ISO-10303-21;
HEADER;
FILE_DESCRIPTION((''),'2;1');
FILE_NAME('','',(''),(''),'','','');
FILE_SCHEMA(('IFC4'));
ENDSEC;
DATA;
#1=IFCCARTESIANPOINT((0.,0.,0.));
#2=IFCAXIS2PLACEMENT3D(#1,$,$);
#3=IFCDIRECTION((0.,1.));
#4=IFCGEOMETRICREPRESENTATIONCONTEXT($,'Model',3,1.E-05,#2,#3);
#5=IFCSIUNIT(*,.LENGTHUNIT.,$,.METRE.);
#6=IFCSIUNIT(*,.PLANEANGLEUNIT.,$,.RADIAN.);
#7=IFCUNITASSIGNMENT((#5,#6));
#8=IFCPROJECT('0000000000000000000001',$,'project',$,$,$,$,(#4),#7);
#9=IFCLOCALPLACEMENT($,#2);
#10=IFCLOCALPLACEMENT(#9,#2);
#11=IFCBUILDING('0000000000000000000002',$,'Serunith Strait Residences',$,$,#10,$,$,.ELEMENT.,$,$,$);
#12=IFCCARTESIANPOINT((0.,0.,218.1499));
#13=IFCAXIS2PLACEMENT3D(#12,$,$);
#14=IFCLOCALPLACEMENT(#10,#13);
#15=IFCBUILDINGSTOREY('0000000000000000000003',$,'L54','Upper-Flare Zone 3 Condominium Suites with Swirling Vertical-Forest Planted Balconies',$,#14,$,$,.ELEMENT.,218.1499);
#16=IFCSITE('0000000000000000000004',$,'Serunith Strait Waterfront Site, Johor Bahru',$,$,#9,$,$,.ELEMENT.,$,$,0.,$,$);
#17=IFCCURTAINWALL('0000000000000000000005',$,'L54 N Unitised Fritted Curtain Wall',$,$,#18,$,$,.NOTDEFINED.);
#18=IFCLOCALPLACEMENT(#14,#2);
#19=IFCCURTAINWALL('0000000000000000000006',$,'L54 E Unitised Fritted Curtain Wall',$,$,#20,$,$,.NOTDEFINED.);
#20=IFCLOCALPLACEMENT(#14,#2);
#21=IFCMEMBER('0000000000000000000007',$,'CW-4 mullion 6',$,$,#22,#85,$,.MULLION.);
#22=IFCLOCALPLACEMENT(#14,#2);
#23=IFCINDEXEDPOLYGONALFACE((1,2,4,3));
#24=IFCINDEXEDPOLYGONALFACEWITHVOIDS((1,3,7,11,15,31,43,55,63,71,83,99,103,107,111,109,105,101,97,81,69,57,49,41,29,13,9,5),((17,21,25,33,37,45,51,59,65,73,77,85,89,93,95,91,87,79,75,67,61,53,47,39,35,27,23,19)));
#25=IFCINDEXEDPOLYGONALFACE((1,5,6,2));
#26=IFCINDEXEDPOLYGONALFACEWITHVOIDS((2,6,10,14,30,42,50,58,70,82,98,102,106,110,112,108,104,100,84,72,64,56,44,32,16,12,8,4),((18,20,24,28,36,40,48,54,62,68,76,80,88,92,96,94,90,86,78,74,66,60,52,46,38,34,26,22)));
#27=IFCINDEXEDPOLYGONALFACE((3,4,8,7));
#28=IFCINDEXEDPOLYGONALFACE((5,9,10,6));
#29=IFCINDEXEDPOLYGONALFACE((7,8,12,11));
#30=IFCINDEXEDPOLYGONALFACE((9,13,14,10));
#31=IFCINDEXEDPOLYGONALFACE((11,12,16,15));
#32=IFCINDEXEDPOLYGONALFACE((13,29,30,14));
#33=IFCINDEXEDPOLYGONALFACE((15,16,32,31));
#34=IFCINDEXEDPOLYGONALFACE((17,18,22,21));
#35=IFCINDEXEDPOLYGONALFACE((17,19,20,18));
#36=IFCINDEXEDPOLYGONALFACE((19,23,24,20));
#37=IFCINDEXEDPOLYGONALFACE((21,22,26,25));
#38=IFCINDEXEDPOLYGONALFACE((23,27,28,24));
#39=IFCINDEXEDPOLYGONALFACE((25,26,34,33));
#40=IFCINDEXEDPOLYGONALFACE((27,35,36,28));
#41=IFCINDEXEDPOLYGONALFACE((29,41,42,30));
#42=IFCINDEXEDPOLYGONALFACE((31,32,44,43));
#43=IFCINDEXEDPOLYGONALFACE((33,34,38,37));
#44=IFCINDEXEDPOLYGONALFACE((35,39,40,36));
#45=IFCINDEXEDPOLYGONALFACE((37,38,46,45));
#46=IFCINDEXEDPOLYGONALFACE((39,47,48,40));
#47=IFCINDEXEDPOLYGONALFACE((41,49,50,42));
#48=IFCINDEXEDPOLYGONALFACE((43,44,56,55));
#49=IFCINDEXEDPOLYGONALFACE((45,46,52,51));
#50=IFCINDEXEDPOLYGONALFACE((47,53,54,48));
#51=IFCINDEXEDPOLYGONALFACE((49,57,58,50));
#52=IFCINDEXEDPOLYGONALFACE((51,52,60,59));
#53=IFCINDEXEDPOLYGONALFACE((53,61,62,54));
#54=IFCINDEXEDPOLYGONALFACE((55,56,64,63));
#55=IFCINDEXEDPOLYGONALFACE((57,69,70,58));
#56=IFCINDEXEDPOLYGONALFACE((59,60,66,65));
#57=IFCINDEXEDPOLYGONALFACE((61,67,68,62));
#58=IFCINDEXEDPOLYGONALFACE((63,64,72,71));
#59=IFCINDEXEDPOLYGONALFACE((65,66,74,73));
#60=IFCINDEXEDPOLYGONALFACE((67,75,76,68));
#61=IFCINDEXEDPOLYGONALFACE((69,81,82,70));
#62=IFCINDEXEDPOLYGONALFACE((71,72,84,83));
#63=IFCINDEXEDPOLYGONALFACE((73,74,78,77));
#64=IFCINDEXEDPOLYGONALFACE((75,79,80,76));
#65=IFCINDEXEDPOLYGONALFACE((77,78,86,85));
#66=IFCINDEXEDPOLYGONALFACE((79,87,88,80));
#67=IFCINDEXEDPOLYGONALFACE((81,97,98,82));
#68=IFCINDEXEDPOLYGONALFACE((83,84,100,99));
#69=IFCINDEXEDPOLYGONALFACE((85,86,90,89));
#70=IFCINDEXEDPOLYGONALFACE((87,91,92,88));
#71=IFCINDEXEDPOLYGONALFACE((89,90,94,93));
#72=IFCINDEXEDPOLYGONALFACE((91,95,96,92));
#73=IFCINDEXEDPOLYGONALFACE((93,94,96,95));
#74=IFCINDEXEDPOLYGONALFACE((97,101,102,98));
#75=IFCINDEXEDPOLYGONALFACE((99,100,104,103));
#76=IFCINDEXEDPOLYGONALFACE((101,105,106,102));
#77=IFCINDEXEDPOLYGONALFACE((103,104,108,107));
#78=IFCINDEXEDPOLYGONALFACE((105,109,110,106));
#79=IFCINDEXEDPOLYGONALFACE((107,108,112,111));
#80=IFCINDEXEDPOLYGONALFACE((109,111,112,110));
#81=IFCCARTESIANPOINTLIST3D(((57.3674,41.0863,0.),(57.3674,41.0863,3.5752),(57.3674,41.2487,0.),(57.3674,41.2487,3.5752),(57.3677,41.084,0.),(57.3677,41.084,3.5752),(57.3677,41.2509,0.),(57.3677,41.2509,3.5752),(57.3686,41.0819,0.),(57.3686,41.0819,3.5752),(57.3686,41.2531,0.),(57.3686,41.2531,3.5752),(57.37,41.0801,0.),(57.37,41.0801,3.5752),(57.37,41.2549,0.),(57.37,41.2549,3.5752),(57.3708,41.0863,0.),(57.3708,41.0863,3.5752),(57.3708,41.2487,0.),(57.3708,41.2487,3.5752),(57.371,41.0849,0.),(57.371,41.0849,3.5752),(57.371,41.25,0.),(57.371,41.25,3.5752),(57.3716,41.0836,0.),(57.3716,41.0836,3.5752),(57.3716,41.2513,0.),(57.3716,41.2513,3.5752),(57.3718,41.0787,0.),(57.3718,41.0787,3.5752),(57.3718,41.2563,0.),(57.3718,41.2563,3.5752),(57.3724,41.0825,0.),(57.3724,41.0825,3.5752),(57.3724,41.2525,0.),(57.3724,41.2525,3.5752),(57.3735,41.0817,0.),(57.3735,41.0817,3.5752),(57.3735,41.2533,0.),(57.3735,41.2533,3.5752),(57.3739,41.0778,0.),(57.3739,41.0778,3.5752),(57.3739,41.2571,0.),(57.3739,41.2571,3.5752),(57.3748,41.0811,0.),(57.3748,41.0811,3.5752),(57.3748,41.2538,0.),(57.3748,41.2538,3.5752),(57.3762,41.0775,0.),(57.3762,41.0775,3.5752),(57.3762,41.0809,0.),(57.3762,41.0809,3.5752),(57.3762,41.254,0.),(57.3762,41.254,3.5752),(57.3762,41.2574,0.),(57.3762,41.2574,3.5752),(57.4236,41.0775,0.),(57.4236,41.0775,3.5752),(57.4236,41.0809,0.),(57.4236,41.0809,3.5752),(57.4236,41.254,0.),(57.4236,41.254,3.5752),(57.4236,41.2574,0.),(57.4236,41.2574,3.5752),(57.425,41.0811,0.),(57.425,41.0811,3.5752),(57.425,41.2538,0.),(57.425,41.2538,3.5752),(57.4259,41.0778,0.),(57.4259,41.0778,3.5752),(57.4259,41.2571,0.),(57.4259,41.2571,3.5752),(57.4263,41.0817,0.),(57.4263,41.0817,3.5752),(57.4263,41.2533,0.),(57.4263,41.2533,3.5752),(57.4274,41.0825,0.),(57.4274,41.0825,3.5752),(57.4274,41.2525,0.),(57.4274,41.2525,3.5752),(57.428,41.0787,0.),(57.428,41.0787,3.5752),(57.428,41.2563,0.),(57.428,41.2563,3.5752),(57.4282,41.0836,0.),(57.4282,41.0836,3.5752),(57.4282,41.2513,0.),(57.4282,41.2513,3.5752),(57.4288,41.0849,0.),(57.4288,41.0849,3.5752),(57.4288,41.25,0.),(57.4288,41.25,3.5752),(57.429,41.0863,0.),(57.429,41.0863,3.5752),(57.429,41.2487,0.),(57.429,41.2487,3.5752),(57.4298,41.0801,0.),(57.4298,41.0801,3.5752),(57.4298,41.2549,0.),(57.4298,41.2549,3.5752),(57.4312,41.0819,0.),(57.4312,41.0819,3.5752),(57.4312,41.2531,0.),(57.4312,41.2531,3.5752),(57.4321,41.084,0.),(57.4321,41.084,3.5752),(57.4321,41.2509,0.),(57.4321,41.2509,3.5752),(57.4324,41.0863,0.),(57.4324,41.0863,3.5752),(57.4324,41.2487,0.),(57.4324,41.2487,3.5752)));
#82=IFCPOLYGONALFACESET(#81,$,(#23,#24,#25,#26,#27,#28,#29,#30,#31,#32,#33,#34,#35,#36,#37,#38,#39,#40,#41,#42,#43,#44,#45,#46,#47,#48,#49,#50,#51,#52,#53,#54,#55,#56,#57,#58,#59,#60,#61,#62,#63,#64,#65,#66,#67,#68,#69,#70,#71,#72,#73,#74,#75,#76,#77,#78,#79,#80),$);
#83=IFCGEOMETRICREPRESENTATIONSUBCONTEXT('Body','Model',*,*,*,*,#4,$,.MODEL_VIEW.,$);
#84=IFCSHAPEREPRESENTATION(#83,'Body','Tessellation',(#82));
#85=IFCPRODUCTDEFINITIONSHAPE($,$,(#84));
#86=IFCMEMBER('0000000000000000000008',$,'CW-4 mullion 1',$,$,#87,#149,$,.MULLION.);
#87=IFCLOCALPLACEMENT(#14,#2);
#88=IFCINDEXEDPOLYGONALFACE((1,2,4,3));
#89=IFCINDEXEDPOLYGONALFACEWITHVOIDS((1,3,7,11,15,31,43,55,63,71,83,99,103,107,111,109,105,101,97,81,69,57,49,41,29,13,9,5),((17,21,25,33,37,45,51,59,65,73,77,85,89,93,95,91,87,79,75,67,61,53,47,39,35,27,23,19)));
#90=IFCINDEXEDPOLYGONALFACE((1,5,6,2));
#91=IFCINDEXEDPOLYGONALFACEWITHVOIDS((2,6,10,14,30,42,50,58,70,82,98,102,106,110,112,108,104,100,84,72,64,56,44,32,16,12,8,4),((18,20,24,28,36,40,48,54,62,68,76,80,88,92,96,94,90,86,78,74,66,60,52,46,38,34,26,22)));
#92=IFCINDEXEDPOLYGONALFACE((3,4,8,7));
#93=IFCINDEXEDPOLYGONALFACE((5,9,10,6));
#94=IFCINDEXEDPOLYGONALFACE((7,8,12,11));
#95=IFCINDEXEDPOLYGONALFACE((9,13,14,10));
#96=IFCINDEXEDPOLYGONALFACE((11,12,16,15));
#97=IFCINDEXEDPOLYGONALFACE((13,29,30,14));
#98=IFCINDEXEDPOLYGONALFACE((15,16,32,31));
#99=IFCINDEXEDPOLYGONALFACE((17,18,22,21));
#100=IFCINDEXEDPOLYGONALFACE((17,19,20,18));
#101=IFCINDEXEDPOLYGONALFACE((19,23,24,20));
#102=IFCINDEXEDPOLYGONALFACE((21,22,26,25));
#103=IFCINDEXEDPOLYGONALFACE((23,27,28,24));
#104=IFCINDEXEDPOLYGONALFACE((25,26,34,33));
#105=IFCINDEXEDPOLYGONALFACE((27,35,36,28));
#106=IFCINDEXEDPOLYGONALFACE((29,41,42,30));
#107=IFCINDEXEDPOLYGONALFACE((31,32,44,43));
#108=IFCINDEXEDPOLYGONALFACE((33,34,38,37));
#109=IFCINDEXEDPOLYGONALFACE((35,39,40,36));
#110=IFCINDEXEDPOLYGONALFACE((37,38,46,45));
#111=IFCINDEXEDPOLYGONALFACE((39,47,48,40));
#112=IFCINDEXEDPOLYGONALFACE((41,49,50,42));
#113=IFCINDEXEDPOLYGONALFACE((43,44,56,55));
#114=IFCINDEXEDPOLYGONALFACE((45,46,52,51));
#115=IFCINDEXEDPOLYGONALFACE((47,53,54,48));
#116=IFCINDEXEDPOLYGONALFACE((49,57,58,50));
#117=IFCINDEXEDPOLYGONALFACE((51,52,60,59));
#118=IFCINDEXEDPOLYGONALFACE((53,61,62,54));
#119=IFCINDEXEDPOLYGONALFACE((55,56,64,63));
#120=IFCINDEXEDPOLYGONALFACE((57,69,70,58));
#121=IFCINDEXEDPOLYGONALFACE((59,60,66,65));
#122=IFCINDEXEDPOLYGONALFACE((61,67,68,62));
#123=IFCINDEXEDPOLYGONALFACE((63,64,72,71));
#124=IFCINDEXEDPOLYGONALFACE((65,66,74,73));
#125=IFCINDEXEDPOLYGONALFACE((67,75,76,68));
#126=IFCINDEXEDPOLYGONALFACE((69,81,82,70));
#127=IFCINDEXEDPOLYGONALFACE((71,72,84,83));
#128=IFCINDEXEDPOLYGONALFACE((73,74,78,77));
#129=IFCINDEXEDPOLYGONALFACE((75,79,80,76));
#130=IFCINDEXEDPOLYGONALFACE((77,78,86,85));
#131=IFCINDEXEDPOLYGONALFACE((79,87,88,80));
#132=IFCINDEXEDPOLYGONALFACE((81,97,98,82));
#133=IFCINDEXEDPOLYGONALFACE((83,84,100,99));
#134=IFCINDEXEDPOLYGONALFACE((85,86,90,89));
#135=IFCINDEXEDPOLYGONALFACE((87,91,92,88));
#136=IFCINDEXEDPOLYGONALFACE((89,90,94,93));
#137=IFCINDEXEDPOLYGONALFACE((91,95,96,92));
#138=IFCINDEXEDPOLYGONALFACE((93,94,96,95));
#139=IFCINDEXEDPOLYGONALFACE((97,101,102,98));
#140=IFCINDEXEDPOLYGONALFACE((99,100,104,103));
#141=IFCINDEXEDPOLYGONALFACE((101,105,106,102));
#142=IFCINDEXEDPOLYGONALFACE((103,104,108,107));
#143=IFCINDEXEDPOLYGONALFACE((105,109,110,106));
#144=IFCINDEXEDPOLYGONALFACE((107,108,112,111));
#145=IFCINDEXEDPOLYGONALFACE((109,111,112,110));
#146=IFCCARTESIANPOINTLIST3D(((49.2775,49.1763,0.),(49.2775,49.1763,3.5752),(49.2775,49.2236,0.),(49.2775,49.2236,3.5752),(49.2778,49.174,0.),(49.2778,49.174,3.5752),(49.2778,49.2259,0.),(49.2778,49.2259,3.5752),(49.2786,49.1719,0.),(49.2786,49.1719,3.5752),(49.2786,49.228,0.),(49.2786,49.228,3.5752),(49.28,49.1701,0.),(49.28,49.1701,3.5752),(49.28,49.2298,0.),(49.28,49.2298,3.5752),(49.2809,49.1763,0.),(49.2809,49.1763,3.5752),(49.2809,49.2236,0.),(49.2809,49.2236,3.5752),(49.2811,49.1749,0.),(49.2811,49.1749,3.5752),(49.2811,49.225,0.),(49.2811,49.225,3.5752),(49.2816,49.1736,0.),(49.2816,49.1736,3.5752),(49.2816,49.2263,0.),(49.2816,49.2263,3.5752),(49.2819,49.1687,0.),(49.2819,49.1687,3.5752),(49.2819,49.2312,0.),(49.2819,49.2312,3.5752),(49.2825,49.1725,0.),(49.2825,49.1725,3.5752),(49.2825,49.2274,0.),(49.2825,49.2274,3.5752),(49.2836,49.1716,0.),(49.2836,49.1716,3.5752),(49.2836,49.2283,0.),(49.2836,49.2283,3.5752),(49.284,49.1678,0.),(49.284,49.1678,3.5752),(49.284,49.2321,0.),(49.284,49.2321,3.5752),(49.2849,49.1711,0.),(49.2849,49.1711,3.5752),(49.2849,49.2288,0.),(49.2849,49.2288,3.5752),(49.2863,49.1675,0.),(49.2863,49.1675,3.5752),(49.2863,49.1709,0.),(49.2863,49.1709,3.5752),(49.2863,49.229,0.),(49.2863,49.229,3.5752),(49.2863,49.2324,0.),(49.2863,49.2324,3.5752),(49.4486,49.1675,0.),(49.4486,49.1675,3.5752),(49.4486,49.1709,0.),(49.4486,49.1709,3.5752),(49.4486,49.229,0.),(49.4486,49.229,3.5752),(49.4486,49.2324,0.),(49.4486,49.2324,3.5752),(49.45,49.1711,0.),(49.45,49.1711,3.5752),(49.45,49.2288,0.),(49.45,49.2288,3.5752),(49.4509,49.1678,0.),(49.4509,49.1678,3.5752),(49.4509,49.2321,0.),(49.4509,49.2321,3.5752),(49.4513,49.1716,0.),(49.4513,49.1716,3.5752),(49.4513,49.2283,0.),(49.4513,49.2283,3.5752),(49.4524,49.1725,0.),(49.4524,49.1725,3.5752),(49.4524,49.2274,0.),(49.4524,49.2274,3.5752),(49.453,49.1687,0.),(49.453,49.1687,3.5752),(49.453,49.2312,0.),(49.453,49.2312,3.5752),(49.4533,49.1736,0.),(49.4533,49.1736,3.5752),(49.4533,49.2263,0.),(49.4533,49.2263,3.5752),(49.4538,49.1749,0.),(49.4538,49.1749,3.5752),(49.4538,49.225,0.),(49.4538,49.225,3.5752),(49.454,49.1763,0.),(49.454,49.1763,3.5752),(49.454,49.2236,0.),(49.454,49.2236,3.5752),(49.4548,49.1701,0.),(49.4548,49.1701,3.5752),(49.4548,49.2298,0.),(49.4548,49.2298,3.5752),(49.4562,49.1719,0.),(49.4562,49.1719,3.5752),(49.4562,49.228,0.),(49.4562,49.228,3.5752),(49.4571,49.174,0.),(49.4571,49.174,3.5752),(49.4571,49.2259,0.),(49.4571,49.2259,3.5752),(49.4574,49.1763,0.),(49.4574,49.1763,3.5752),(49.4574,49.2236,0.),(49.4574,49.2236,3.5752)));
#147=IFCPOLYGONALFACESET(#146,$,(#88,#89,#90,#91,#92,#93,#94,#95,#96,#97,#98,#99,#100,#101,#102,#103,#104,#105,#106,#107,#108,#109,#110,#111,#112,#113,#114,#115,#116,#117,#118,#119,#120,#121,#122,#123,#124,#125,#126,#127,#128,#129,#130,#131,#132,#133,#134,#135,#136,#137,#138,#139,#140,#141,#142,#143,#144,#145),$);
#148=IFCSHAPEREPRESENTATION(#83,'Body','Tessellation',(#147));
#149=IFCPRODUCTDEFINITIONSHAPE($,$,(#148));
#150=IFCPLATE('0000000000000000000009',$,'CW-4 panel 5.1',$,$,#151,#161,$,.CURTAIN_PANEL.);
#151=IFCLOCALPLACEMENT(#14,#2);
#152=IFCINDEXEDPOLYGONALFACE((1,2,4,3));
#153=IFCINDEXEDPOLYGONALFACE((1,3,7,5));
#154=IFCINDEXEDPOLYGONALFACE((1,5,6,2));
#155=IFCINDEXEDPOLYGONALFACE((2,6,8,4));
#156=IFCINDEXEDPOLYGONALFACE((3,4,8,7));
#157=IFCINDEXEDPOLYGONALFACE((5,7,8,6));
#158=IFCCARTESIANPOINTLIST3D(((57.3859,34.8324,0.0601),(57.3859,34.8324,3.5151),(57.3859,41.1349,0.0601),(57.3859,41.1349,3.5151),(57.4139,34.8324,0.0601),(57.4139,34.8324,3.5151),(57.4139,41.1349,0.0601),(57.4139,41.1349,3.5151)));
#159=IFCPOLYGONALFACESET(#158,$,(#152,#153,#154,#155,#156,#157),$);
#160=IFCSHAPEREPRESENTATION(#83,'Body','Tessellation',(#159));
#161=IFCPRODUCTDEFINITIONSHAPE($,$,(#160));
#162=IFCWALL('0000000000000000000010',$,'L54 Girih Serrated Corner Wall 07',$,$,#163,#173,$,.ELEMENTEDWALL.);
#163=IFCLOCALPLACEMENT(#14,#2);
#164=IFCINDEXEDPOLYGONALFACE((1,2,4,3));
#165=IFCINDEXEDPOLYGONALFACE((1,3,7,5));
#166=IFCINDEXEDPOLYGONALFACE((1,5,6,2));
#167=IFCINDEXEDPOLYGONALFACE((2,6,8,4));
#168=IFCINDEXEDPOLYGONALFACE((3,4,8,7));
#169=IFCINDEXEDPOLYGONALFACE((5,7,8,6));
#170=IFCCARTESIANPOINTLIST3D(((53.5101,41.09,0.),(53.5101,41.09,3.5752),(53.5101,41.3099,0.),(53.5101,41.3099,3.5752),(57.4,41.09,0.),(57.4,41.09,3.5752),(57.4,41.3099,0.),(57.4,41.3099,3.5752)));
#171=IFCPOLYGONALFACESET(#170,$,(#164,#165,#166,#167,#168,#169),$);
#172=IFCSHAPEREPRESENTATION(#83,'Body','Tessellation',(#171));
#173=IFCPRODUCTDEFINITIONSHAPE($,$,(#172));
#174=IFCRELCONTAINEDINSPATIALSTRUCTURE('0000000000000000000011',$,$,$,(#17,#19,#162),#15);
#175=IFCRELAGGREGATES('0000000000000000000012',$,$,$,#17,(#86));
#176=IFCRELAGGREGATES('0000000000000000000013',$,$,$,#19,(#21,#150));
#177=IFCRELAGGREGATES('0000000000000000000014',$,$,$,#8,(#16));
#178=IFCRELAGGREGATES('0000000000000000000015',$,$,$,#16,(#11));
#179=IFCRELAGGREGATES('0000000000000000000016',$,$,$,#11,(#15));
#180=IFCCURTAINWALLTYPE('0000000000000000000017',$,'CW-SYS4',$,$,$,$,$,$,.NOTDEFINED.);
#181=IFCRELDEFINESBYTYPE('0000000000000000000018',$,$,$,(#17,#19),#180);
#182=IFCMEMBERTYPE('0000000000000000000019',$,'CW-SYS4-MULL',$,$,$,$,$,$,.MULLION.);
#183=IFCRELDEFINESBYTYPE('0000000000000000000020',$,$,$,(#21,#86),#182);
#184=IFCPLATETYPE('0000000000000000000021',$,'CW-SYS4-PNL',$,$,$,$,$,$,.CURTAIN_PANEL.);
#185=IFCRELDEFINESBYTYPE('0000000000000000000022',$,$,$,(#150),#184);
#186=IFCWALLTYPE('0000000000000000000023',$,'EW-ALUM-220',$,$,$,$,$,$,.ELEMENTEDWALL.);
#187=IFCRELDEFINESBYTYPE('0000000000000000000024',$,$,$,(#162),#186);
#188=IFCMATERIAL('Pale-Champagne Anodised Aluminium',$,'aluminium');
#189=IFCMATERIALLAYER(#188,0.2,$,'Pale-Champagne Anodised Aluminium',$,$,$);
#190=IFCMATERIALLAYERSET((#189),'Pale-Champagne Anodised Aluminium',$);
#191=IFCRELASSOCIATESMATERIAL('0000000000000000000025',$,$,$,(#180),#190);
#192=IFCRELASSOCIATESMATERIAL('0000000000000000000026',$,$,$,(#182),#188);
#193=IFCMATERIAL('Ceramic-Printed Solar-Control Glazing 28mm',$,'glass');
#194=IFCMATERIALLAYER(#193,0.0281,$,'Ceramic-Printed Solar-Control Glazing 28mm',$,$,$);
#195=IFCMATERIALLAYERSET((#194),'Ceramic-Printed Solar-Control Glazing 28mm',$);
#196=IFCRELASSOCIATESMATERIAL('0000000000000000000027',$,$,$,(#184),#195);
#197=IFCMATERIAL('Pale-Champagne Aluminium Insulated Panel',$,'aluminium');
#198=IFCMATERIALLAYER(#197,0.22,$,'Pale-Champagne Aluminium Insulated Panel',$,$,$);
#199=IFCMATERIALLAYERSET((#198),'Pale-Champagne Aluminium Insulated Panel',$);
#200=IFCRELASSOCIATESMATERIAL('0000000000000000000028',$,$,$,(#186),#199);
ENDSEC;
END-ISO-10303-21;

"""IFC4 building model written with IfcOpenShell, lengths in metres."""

from ifc_helpers import new_model, si_unit, direction, frame, frame_2d, origin, origin_2d, place, context, subcontext, project, spatial, rectangle, hollow_rectangle, extrude, source, transform, mapped, material, layer, layer_set, material_profile, profile_set, type_object, element, aggregate, save


model = new_model("IFC4")

# Units and contexts
model_context = context("Model", 3, precision=1e-05, world=origin(), true_north=direction((0.0, 1.0)))
body_context = subcontext(model_context, "Body", "Model", "MODEL_VIEW")
ifc_project = project(units=[si_unit("LENGTHUNIT", "METRE"), si_unit("PLANEANGLEUNIT", "RADIAN")], contexts=[model_context])

# Site, building, storey
site_placement = place(None, origin())
site = spatial("IfcSite", under=ifc_project, at=site_placement, Name="Serunith Strait Waterfront Site, Johor Bahru", CompositionType="ELEMENT", RefElevation=0.0)
building_placement = place(site_placement, origin())
building = spatial("IfcBuilding", under=site, at=building_placement, Name="Serunith Strait Residences", CompositionType="ELEMENT")
storey_placement = place(building_placement, frame((0.0, 0.0, 218.1499)))
storey = spatial("IfcBuildingStorey", under=building, at=storey_placement, Name="L54", Description="Upper-Flare Zone 3 Condominium Suites with Swirling Vertical-Forest Planted Balconies", CompositionType="ELEMENT", Elevation=218.1499)

# Curtain wall
ifc_material_1 = material(Name="Pale-Champagne Anodised Aluminium", Category="aluminium")
ifc_layer_1 = layer(ifc_material_1, 0.2, Name="Pale-Champagne Anodised Aluminium")
ifc_layer_set_1 = layer_set([ifc_layer_1], Name="Pale-Champagne Anodised Aluminium")
curtain_wall_type = type_object("IfcCurtainWallType", Name="CW-SYS4", PredefinedType="NOTDEFINED", material=ifc_layer_set_1)
curtain_wall_1_placement = place(storey_placement, origin())
curtain_wall_1 = element("IfcCurtainWall", 1, at=curtain_wall_1_placement, inside=storey, type_object=curtain_wall_type, Name="L54 N Unitised Fritted Curtain Wall", PredefinedType="NOTDEFINED")

# Curtain wall, member
curtain_wall_2_placement = place(storey_placement, origin())
curtain_wall_2 = element("IfcCurtainWall", 2, at=curtain_wall_2_placement, inside=storey, type_object=curtain_wall_type, Name="L54 E Unitised Fritted Curtain Wall", PredefinedType="NOTDEFINED")
ifc_material_profile_1 = material_profile(ifc_material_1, hollow_rectangle(XDim=0.0649, YDim=0.1799, WallThickness=0.0034, InnerFilletRadius=0.0054, OuterFilletRadius=0.0088, at=origin_2d()), Name="ALU 180x65x3.5")
ifc_profile_set_1 = profile_set([ifc_material_profile_1], Name="Pale-Champagne Anodised Aluminium")
member_type_1 = type_object("IfcMemberType", Name="CW-SYS4-MULL", PredefinedType="MULLION", material=ifc_profile_set_1)
shared_shape_1 = source(origin(), body_context, "Body", "SweptSolid", [
    extrude(hollow_rectangle(XDim=0.0649, YDim=0.1799, WallThickness=0.0034, InnerFilletRadius=0.0054, OuterFilletRadius=0.0088, at=origin_2d()), origin(), (0.0, 0.0, 1.0), 3.5752),
])
member_1_placement = place(storey_placement, frame((57.3999, 41.1675, 0.0), z_axis=(0.0, 0.0, 1.0), x_axis=(-1.0, 0.0, 0.0)))
member_1 = element("IfcMember", 3, at=member_1_placement, type_object=member_type_1, Name="CW-4 mullion 6", PredefinedType="MULLION", context=body_context, shape_type="MappedRepresentation", body=[
    mapped(shared_shape_1, transform((0.0, 0.0, 0.0), scale=1.0)),
])

# Member
member_2_placement = place(storey_placement, frame((49.3674, 49.2, 0.0), z_axis=(0.0, 0.0, 1.0), x_axis=(0.0, -1.0, 0.0)))
member_2 = element("IfcMember", 4, at=member_2_placement, type_object=member_type_1, Name="CW-4 mullion 1", PredefinedType="MULLION", context=body_context, shape_type="MappedRepresentation", body=[
    mapped(shared_shape_1, transform((0.0, 0.0, 0.0), scale=1.0)),
])
aggregate(curtain_wall_1, [member_2])

# Plate
ifc_material_2 = material(Name="Ceramic-Printed Solar-Control Glazing 28mm", Category="glass")
ifc_layer_2 = layer(ifc_material_2, 0.0281, Name="Ceramic-Printed Solar-Control Glazing 28mm")
ifc_layer_set_2 = layer_set([ifc_layer_2], Name="Ceramic-Printed Solar-Control Glazing 28mm")
plate_type = type_object("IfcPlateType", Name="CW-SYS4-PNL", PredefinedType="CURTAIN_PANEL", material=ifc_layer_set_2)
shared_shape_2 = source(origin(), body_context, "Body", "SweptSolid", [
    extrude(rectangle(XDim=6.3025, YDim=0.0281, at=origin_2d()), origin(), (0.0, 0.0, 1.0), 3.4551),
])
plate_placement = place(storey_placement, frame((57.3999, 37.9836, 0.0601), z_axis=(0.0, 0.0, 1.0), x_axis=(0.0, 1.0, 0.0)))
plate = element("IfcPlate", 5, at=plate_placement, type_object=plate_type, Name="CW-4 panel 5.1", PredefinedType="CURTAIN_PANEL", context=body_context, shape_type="MappedRepresentation", body=[
    mapped(shared_shape_2, transform((0.0, 0.0, 0.0), scale=1.0)),
])
aggregate(curtain_wall_2, [member_1, plate])

# Wall
ifc_material_3 = material(Name="Pale-Champagne Aluminium Insulated Panel", Category="aluminium")
ifc_layer_3 = layer(ifc_material_3, 0.22, Name="Pale-Champagne Aluminium Insulated Panel")
ifc_layer_set_3 = layer_set([ifc_layer_3], Name="Pale-Champagne Aluminium Insulated Panel")
wall_type_1 = type_object("IfcWallType", Name="EW-ALUM-220", PredefinedType="ELEMENTEDWALL", material=ifc_layer_set_3)
wall_1_placement = place(storey_placement, frame((57.3999, 41.2, 0.0), z_axis=(0.0, 0.0, 1.0), x_axis=(-1.0, 0.0, 0.0)))
element("IfcWall", 6, at=wall_1_placement, inside=storey, type_object=wall_type_1, Name="L54 Girih Serrated Corner Wall 07", PredefinedType="ELEMENTEDWALL", context=body_context, shape_type="SweptSolid", body=[
    extrude(rectangle(XDim=3.8899, YDim=0.22, at=frame_2d((1.9448, 0.0))), origin(), (0.0, 0.0, 1.0), 3.5752),
])

save(model, "model.ifc")
